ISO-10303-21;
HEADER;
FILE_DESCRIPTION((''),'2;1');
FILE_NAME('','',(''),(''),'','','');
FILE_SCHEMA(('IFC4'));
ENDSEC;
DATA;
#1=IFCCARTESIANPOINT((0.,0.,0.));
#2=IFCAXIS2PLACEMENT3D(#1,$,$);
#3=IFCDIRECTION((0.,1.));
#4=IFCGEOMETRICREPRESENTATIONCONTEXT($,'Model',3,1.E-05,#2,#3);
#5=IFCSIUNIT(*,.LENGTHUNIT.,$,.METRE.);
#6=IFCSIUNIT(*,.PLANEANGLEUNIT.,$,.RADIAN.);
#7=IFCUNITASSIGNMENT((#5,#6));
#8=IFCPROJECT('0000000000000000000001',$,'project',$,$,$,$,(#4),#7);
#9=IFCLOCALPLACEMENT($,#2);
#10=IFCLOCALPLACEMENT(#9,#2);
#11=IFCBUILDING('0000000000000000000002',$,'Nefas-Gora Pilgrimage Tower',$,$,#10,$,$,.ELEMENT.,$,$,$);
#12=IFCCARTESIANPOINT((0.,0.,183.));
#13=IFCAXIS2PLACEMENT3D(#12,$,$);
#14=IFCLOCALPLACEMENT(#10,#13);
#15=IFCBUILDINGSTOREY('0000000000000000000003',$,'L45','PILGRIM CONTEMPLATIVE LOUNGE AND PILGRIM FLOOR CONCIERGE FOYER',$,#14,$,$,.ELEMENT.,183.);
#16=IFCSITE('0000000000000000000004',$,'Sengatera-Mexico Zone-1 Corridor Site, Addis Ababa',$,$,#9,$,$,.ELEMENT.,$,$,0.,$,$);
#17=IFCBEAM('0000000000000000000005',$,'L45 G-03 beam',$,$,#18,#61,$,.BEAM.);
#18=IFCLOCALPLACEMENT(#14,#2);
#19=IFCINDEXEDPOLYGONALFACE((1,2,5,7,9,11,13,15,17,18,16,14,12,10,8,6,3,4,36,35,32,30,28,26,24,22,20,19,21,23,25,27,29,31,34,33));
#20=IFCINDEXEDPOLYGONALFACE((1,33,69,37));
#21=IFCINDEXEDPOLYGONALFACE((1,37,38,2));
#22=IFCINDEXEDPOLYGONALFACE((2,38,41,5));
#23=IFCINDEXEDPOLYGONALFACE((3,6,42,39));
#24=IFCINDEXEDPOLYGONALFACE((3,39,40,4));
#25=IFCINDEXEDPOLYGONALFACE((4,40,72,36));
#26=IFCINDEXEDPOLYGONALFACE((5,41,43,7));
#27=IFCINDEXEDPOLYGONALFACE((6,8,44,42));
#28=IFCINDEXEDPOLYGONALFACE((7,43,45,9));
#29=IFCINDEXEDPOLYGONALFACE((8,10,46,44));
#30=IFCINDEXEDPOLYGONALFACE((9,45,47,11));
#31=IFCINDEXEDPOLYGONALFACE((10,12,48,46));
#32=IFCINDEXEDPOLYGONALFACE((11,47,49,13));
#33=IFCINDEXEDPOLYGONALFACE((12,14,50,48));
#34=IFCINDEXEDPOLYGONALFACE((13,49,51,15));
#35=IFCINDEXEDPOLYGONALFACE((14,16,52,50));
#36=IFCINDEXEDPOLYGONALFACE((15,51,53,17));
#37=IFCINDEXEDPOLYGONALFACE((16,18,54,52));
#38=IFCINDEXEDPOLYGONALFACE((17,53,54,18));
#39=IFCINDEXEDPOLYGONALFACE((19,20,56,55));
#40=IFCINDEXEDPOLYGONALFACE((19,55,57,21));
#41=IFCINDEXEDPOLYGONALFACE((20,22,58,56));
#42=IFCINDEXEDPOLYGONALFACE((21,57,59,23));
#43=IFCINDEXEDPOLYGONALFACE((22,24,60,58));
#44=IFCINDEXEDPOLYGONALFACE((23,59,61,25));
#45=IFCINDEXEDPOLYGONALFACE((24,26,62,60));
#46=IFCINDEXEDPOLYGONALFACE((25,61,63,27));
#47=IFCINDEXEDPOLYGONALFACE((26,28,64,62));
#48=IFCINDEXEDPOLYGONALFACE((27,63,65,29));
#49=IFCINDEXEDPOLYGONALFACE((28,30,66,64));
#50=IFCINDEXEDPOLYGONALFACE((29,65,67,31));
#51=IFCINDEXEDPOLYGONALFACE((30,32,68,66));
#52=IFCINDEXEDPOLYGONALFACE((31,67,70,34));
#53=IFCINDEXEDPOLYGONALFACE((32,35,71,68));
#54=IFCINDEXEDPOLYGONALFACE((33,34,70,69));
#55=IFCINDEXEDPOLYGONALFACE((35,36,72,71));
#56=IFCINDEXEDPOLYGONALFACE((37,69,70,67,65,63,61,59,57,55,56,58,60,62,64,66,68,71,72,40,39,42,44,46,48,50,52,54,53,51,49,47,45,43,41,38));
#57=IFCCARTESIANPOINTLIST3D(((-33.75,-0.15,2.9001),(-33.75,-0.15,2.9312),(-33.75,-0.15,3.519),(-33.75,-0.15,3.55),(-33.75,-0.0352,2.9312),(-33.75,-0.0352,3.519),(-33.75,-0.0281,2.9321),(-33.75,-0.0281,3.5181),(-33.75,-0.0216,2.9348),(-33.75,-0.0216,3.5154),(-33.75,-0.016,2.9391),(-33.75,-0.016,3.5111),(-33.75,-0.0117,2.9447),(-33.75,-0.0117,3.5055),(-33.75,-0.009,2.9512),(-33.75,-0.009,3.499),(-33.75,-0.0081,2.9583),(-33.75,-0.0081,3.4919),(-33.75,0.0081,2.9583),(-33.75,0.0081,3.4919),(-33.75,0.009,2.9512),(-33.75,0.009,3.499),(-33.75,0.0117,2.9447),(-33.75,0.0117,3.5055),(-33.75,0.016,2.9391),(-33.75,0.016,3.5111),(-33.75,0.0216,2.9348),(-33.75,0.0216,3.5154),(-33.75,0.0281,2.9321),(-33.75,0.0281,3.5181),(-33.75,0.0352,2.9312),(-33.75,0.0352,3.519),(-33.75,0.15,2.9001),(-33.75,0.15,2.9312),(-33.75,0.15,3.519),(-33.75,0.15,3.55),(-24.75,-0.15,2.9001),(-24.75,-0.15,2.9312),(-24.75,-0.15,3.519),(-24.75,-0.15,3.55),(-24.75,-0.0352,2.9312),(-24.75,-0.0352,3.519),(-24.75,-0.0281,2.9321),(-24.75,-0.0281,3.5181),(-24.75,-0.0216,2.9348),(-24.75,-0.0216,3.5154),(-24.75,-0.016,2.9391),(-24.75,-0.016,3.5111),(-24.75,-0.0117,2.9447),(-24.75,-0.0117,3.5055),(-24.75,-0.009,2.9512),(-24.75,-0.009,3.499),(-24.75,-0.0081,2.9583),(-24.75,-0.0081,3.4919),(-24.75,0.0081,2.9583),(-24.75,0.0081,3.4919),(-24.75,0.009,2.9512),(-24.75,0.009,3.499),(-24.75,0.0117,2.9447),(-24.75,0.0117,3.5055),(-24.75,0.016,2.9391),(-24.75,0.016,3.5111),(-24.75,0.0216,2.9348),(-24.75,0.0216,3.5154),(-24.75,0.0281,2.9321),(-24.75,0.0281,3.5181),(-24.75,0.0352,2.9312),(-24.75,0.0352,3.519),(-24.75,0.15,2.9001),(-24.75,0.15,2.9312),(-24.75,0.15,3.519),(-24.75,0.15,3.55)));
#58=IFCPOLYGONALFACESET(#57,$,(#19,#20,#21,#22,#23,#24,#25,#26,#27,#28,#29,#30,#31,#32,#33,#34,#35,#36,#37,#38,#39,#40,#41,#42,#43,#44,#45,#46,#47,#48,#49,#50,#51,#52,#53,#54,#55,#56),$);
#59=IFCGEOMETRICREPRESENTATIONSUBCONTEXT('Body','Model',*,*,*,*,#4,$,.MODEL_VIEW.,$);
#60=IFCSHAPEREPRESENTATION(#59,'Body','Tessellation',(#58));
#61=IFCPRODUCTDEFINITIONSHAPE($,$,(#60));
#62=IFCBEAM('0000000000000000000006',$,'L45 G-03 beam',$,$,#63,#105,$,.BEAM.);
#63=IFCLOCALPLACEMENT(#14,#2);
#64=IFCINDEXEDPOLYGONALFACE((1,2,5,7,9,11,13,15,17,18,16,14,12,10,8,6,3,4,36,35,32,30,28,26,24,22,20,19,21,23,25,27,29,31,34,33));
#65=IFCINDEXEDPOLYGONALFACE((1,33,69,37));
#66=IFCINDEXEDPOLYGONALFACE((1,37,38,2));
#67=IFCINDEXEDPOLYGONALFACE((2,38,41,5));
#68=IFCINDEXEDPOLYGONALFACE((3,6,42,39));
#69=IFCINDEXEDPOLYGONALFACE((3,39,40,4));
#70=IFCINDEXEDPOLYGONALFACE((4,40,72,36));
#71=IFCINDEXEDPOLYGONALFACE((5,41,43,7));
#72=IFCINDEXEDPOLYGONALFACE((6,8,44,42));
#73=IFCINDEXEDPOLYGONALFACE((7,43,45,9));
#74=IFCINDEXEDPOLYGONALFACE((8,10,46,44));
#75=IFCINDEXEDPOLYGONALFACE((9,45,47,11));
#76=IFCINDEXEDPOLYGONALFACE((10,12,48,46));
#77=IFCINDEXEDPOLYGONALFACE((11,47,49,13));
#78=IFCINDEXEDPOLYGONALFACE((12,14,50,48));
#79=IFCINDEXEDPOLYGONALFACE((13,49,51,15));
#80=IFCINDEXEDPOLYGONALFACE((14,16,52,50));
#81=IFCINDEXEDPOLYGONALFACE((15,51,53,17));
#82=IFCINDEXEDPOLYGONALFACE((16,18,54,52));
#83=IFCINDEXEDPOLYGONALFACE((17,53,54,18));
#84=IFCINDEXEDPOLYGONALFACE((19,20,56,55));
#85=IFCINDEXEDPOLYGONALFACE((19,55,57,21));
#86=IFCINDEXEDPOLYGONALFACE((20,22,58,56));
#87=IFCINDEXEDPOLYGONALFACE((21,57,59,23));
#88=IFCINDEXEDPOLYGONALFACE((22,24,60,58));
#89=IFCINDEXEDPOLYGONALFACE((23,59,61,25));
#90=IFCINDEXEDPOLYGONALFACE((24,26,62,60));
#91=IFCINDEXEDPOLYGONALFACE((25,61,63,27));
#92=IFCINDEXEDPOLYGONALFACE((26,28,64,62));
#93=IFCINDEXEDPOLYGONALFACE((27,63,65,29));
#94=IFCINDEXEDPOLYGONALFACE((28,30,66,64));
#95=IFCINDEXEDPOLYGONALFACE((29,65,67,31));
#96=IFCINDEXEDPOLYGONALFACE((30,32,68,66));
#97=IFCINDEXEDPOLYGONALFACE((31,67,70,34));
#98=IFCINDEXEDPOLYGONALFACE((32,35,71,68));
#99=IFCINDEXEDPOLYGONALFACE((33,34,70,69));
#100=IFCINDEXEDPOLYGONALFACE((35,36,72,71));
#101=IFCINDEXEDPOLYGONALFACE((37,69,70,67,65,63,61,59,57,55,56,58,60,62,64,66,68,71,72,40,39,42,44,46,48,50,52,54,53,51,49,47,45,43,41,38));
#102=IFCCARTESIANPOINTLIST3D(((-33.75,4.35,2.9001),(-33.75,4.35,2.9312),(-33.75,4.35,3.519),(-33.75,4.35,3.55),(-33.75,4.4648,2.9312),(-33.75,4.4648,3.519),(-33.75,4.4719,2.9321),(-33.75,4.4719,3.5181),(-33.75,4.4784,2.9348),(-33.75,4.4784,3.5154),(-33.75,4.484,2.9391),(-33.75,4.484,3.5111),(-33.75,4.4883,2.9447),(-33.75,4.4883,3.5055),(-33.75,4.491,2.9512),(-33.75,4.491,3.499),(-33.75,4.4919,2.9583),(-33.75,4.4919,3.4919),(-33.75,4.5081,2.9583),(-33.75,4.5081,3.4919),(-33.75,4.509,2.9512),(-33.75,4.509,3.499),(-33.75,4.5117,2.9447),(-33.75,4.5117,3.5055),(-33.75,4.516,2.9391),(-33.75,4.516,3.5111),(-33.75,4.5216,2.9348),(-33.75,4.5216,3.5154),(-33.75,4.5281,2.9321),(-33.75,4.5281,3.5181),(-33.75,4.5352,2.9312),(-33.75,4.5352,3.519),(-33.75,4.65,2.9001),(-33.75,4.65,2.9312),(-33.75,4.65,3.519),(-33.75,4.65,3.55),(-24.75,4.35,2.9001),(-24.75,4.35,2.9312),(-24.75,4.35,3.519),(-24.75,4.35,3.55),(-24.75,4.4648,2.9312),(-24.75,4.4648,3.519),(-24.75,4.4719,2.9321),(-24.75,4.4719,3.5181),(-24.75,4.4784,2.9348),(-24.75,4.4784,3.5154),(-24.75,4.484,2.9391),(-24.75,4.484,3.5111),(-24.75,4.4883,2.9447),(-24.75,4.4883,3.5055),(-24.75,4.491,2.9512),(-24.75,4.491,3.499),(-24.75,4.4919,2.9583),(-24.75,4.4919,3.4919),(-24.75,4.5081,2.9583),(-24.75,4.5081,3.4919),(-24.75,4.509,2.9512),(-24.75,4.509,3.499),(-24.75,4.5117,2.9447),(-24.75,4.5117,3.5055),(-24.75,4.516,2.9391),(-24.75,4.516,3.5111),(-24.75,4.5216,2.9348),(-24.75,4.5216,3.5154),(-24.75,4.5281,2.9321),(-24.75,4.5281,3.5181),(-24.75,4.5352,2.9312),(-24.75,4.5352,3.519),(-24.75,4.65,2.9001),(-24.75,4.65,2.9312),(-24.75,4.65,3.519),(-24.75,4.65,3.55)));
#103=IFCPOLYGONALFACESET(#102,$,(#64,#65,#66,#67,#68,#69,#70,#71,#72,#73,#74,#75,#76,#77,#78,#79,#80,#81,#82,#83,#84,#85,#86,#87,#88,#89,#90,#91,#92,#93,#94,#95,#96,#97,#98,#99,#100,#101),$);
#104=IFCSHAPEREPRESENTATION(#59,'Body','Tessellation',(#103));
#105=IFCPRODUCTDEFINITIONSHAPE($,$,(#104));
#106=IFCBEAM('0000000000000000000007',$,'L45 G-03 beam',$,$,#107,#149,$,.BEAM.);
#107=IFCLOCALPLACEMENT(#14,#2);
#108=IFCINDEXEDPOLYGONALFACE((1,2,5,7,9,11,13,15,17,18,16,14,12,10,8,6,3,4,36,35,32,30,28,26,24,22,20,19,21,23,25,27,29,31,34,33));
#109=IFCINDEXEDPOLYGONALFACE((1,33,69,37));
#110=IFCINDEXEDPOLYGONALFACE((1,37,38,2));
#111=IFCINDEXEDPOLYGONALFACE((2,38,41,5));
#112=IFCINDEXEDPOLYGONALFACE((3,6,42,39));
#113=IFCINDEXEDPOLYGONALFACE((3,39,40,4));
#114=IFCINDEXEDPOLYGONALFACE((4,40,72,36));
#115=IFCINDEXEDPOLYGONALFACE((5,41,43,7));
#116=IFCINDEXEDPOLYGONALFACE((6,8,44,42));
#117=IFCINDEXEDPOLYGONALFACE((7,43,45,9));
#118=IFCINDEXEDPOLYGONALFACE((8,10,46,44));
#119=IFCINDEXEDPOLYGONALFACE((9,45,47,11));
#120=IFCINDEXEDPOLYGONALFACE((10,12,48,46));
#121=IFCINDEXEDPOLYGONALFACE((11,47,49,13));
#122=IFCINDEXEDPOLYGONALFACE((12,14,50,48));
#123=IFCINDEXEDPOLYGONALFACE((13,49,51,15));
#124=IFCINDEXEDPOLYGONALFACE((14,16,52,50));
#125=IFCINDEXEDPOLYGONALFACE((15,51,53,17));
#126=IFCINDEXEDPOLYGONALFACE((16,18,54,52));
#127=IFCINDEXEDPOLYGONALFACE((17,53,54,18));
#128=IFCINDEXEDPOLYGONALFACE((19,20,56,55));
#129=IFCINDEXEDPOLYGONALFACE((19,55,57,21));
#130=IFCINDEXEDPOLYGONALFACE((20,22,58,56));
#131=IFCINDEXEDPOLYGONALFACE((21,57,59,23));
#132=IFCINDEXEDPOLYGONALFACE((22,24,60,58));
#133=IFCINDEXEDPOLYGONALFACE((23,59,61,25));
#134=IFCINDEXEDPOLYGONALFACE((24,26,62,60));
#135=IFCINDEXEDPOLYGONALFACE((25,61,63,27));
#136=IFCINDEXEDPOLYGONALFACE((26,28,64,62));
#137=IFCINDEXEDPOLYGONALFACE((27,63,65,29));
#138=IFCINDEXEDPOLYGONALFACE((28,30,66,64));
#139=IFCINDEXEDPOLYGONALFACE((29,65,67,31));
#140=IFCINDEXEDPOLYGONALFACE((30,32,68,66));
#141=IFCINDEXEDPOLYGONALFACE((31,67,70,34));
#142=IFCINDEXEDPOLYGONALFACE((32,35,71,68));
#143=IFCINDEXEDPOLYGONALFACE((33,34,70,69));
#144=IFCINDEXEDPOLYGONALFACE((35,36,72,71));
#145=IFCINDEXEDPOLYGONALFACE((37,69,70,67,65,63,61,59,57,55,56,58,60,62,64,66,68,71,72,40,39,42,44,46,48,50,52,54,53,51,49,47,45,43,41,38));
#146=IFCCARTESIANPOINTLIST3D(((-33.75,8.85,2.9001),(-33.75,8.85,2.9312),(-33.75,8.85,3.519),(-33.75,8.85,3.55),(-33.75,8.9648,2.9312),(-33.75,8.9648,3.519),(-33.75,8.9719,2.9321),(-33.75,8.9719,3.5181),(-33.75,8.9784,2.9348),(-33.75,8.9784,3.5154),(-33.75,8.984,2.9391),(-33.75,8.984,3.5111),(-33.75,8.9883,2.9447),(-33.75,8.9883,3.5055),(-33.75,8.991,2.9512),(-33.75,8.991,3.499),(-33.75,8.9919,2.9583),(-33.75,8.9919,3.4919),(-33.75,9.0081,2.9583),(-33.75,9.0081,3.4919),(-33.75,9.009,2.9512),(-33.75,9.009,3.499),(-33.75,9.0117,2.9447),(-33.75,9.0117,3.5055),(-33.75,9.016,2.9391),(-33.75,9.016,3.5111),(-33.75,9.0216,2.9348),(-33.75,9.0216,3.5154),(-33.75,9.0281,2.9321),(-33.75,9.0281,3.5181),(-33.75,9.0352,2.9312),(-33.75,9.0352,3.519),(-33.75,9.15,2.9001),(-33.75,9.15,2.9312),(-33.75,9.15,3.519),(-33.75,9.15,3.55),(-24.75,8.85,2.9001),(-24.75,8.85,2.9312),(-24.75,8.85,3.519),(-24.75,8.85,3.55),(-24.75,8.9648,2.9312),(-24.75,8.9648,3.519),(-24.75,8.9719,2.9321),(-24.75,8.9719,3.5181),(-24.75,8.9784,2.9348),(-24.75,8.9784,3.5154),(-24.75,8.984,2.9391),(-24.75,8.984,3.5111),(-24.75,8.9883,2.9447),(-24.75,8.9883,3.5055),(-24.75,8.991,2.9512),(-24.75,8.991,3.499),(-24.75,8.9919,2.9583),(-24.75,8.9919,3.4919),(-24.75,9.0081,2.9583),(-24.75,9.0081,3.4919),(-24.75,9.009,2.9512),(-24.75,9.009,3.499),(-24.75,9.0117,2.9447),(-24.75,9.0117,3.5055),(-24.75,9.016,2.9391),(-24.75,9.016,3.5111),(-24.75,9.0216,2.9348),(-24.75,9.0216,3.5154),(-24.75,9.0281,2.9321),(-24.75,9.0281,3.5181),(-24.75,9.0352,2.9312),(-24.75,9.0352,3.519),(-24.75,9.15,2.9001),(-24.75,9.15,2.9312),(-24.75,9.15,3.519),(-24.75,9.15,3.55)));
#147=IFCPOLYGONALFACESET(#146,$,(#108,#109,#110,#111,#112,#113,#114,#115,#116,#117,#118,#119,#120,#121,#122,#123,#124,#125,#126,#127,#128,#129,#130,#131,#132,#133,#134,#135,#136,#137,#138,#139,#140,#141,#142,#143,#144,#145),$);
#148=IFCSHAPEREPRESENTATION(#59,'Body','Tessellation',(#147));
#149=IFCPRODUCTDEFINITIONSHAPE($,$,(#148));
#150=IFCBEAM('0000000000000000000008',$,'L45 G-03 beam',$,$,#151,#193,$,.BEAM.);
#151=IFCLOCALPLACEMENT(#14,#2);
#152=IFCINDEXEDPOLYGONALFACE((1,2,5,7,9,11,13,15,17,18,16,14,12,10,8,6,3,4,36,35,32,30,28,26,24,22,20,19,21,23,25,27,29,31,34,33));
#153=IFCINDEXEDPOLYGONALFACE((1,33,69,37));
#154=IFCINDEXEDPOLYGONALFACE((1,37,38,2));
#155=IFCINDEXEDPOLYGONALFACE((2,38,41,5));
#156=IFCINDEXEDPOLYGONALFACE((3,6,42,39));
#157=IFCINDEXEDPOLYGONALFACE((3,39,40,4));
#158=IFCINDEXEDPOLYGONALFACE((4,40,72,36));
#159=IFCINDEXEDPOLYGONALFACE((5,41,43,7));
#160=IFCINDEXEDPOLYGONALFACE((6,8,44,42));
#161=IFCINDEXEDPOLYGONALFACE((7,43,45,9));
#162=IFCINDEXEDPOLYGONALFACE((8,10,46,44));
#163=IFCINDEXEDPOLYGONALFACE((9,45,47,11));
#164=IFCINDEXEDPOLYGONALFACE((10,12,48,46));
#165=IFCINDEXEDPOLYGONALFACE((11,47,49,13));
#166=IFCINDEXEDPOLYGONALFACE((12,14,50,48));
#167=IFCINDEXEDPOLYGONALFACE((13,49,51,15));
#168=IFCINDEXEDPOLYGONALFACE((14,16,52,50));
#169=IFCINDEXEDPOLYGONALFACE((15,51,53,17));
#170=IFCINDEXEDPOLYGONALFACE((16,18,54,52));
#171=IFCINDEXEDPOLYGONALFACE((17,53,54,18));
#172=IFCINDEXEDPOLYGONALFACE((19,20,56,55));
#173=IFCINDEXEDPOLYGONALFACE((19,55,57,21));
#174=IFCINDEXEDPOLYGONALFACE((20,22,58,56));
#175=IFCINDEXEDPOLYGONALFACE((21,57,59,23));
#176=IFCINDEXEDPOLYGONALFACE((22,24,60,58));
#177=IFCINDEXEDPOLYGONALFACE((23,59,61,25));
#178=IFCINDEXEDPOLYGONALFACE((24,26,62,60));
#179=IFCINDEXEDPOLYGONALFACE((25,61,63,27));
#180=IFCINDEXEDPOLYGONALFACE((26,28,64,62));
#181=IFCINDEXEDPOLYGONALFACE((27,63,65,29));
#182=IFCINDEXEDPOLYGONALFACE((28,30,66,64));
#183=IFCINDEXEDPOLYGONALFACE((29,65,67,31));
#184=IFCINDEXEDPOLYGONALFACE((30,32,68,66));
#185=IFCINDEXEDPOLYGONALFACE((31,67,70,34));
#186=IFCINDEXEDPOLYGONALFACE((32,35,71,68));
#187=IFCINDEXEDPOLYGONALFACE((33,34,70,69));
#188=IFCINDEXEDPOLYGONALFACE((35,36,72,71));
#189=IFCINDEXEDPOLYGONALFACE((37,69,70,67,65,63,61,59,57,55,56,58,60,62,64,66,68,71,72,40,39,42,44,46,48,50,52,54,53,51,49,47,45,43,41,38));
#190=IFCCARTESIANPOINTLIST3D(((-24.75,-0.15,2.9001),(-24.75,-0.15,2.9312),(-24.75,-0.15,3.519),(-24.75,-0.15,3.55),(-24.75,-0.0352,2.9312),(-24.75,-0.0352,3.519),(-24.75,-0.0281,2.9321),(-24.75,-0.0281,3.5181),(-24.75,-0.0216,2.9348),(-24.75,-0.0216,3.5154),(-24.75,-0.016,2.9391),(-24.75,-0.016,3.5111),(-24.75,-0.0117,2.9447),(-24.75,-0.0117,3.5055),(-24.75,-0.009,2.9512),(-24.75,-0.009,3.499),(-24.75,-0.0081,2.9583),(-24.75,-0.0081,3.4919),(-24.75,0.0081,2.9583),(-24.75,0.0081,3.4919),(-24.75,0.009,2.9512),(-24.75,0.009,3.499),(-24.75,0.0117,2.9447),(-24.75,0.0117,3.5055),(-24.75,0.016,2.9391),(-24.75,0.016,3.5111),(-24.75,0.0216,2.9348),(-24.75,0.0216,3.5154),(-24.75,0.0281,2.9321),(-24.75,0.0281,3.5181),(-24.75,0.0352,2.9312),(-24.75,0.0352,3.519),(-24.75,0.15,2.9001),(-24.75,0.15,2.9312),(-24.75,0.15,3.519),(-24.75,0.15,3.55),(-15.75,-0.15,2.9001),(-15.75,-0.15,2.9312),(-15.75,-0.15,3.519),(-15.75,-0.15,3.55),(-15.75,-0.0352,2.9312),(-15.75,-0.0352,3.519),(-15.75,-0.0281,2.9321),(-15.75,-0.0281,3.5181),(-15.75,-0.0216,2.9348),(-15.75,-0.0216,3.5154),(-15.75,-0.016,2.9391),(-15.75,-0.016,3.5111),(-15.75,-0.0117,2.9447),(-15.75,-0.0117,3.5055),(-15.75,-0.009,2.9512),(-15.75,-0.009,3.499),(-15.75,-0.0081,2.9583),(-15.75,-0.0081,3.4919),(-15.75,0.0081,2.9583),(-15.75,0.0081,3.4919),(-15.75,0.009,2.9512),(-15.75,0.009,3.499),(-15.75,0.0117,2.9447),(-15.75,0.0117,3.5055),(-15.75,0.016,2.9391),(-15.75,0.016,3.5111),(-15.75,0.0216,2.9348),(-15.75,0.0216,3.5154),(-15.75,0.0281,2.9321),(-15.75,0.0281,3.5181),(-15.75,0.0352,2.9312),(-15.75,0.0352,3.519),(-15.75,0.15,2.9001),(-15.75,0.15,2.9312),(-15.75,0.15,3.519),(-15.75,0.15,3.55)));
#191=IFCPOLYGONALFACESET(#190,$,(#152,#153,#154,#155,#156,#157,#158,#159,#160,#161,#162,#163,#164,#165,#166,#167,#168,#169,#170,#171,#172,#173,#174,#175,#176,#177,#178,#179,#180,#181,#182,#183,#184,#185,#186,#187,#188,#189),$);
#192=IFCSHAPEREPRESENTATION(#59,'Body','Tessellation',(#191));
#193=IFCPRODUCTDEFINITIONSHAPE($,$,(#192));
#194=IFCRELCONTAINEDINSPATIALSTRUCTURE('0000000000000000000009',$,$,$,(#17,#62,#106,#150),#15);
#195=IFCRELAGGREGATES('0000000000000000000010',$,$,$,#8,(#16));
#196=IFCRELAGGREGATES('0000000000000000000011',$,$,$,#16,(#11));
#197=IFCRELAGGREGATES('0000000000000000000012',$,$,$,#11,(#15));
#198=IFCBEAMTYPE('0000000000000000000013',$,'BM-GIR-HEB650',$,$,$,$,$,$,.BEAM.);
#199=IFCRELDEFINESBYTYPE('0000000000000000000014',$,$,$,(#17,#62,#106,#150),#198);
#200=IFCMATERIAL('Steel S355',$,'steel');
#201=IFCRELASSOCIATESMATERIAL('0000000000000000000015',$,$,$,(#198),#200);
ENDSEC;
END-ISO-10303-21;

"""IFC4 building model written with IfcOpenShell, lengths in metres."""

from ifc_helpers import new_model, si_unit, direction, frame, origin, origin_2d, place, context, subcontext, project, spatial, i_section, extrude, source, transform, mapped, material, material_profile, profile_set, type_object, element, save


model = new_model("IFC4")

# Units and contexts
model_context = context("Model", 3, precision=1e-05, world=origin(), true_north=direction((0.0, 1.0)))
body_context = subcontext(model_context, "Body", "Model", "MODEL_VIEW")
ifc_project = project(units=[si_unit("LENGTHUNIT", "METRE"), si_unit("PLANEANGLEUNIT", "RADIAN")], contexts=[model_context])

# Site, building, storey
site_placement = place(None, origin())
site = spatial("IfcSite", under=ifc_project, at=site_placement, Name="Sengatera-Mexico Zone-1 Corridor Site, Addis Ababa", CompositionType="ELEMENT", RefElevation=0.0)
building_placement = place(site_placement, origin())
building = spatial("IfcBuilding", under=site, at=building_placement, Name="Nefas-Gora Pilgrimage Tower", CompositionType="ELEMENT")
storey_placement = place(building_placement, frame((0.0, 0.0, 183.0)))
storey = spatial("IfcBuildingStorey", under=building, at=storey_placement, Name="L45", Description="PILGRIM CONTEMPLATIVE LOUNGE AND PILGRIM FLOOR CONCIERGE FOYER", CompositionType="ELEMENT", Elevation=183.0)

# Beams
ifc_material_1 = material(Name="Steel S355", Category="steel")
ifc_material_profile_1 = material_profile(ifc_material_1, i_section(OverallWidth=0.3, OverallDepth=0.6499, WebThickness=0.0161, FlangeThickness=0.031, FilletRadius=0.0271, at=origin_2d()), Name="HEB 650")
ifc_profile_set_1 = profile_set([ifc_material_profile_1], Name="Steel S355")
beam_type_1 = type_object("IfcBeamType", Name="BM-GIR-HEB650", PredefinedType="BEAM", material=ifc_profile_set_1)
shared_shape_1 = source(origin(), body_context, "Body", "SweptSolid", [
    extrude(i_section(OverallWidth=0.3, OverallDepth=0.6499, WebThickness=0.0161, FlangeThickness=0.031, FilletRadius=0.0271, at=origin_2d()), origin(), (0.0, 0.0, 1.0), 9.0),
])
for number, where, z_axis, x_axis, name in (
    (1, (-33.75, 0.0, 3.2251), (1.0, 0.0, 0.0), (0.0, 1.0, 0.0), "L45 G-03 beam"),
    (2, (-33.75, 4.5, 3.2251), (1.0, 0.0, 0.0), (0.0, 1.0, 0.0), "L45 G-03 beam"),
    (3, (-33.75, 9.0, 3.2251), (1.0, 0.0, 0.0), (0.0, 1.0, 0.0), "L45 G-03 beam"),
    (4, (-24.75, 0.0, 3.2251), (1.0, 0.0, 0.0), (0.0, 1.0, 0.0), "L45 G-03 beam"),
):
    element("IfcBeam", number, at=place(storey_placement, frame(where, z_axis=z_axis, x_axis=x_axis)), inside=storey, type_object=beam_type_1, Name=name, PredefinedType="BEAM", context=body_context, shape_type="MappedRepresentation", body=[
        mapped(shared_shape_1, transform((0.0, 0.0, 0.0), x_axis=(1.0, 0.0, 0.0), y_axis=(0.0, 1.0, 0.0), z_axis=(0.0, 0.0, 1.0), scale=1.0)),
    ])

save(model, "model.ifc")
